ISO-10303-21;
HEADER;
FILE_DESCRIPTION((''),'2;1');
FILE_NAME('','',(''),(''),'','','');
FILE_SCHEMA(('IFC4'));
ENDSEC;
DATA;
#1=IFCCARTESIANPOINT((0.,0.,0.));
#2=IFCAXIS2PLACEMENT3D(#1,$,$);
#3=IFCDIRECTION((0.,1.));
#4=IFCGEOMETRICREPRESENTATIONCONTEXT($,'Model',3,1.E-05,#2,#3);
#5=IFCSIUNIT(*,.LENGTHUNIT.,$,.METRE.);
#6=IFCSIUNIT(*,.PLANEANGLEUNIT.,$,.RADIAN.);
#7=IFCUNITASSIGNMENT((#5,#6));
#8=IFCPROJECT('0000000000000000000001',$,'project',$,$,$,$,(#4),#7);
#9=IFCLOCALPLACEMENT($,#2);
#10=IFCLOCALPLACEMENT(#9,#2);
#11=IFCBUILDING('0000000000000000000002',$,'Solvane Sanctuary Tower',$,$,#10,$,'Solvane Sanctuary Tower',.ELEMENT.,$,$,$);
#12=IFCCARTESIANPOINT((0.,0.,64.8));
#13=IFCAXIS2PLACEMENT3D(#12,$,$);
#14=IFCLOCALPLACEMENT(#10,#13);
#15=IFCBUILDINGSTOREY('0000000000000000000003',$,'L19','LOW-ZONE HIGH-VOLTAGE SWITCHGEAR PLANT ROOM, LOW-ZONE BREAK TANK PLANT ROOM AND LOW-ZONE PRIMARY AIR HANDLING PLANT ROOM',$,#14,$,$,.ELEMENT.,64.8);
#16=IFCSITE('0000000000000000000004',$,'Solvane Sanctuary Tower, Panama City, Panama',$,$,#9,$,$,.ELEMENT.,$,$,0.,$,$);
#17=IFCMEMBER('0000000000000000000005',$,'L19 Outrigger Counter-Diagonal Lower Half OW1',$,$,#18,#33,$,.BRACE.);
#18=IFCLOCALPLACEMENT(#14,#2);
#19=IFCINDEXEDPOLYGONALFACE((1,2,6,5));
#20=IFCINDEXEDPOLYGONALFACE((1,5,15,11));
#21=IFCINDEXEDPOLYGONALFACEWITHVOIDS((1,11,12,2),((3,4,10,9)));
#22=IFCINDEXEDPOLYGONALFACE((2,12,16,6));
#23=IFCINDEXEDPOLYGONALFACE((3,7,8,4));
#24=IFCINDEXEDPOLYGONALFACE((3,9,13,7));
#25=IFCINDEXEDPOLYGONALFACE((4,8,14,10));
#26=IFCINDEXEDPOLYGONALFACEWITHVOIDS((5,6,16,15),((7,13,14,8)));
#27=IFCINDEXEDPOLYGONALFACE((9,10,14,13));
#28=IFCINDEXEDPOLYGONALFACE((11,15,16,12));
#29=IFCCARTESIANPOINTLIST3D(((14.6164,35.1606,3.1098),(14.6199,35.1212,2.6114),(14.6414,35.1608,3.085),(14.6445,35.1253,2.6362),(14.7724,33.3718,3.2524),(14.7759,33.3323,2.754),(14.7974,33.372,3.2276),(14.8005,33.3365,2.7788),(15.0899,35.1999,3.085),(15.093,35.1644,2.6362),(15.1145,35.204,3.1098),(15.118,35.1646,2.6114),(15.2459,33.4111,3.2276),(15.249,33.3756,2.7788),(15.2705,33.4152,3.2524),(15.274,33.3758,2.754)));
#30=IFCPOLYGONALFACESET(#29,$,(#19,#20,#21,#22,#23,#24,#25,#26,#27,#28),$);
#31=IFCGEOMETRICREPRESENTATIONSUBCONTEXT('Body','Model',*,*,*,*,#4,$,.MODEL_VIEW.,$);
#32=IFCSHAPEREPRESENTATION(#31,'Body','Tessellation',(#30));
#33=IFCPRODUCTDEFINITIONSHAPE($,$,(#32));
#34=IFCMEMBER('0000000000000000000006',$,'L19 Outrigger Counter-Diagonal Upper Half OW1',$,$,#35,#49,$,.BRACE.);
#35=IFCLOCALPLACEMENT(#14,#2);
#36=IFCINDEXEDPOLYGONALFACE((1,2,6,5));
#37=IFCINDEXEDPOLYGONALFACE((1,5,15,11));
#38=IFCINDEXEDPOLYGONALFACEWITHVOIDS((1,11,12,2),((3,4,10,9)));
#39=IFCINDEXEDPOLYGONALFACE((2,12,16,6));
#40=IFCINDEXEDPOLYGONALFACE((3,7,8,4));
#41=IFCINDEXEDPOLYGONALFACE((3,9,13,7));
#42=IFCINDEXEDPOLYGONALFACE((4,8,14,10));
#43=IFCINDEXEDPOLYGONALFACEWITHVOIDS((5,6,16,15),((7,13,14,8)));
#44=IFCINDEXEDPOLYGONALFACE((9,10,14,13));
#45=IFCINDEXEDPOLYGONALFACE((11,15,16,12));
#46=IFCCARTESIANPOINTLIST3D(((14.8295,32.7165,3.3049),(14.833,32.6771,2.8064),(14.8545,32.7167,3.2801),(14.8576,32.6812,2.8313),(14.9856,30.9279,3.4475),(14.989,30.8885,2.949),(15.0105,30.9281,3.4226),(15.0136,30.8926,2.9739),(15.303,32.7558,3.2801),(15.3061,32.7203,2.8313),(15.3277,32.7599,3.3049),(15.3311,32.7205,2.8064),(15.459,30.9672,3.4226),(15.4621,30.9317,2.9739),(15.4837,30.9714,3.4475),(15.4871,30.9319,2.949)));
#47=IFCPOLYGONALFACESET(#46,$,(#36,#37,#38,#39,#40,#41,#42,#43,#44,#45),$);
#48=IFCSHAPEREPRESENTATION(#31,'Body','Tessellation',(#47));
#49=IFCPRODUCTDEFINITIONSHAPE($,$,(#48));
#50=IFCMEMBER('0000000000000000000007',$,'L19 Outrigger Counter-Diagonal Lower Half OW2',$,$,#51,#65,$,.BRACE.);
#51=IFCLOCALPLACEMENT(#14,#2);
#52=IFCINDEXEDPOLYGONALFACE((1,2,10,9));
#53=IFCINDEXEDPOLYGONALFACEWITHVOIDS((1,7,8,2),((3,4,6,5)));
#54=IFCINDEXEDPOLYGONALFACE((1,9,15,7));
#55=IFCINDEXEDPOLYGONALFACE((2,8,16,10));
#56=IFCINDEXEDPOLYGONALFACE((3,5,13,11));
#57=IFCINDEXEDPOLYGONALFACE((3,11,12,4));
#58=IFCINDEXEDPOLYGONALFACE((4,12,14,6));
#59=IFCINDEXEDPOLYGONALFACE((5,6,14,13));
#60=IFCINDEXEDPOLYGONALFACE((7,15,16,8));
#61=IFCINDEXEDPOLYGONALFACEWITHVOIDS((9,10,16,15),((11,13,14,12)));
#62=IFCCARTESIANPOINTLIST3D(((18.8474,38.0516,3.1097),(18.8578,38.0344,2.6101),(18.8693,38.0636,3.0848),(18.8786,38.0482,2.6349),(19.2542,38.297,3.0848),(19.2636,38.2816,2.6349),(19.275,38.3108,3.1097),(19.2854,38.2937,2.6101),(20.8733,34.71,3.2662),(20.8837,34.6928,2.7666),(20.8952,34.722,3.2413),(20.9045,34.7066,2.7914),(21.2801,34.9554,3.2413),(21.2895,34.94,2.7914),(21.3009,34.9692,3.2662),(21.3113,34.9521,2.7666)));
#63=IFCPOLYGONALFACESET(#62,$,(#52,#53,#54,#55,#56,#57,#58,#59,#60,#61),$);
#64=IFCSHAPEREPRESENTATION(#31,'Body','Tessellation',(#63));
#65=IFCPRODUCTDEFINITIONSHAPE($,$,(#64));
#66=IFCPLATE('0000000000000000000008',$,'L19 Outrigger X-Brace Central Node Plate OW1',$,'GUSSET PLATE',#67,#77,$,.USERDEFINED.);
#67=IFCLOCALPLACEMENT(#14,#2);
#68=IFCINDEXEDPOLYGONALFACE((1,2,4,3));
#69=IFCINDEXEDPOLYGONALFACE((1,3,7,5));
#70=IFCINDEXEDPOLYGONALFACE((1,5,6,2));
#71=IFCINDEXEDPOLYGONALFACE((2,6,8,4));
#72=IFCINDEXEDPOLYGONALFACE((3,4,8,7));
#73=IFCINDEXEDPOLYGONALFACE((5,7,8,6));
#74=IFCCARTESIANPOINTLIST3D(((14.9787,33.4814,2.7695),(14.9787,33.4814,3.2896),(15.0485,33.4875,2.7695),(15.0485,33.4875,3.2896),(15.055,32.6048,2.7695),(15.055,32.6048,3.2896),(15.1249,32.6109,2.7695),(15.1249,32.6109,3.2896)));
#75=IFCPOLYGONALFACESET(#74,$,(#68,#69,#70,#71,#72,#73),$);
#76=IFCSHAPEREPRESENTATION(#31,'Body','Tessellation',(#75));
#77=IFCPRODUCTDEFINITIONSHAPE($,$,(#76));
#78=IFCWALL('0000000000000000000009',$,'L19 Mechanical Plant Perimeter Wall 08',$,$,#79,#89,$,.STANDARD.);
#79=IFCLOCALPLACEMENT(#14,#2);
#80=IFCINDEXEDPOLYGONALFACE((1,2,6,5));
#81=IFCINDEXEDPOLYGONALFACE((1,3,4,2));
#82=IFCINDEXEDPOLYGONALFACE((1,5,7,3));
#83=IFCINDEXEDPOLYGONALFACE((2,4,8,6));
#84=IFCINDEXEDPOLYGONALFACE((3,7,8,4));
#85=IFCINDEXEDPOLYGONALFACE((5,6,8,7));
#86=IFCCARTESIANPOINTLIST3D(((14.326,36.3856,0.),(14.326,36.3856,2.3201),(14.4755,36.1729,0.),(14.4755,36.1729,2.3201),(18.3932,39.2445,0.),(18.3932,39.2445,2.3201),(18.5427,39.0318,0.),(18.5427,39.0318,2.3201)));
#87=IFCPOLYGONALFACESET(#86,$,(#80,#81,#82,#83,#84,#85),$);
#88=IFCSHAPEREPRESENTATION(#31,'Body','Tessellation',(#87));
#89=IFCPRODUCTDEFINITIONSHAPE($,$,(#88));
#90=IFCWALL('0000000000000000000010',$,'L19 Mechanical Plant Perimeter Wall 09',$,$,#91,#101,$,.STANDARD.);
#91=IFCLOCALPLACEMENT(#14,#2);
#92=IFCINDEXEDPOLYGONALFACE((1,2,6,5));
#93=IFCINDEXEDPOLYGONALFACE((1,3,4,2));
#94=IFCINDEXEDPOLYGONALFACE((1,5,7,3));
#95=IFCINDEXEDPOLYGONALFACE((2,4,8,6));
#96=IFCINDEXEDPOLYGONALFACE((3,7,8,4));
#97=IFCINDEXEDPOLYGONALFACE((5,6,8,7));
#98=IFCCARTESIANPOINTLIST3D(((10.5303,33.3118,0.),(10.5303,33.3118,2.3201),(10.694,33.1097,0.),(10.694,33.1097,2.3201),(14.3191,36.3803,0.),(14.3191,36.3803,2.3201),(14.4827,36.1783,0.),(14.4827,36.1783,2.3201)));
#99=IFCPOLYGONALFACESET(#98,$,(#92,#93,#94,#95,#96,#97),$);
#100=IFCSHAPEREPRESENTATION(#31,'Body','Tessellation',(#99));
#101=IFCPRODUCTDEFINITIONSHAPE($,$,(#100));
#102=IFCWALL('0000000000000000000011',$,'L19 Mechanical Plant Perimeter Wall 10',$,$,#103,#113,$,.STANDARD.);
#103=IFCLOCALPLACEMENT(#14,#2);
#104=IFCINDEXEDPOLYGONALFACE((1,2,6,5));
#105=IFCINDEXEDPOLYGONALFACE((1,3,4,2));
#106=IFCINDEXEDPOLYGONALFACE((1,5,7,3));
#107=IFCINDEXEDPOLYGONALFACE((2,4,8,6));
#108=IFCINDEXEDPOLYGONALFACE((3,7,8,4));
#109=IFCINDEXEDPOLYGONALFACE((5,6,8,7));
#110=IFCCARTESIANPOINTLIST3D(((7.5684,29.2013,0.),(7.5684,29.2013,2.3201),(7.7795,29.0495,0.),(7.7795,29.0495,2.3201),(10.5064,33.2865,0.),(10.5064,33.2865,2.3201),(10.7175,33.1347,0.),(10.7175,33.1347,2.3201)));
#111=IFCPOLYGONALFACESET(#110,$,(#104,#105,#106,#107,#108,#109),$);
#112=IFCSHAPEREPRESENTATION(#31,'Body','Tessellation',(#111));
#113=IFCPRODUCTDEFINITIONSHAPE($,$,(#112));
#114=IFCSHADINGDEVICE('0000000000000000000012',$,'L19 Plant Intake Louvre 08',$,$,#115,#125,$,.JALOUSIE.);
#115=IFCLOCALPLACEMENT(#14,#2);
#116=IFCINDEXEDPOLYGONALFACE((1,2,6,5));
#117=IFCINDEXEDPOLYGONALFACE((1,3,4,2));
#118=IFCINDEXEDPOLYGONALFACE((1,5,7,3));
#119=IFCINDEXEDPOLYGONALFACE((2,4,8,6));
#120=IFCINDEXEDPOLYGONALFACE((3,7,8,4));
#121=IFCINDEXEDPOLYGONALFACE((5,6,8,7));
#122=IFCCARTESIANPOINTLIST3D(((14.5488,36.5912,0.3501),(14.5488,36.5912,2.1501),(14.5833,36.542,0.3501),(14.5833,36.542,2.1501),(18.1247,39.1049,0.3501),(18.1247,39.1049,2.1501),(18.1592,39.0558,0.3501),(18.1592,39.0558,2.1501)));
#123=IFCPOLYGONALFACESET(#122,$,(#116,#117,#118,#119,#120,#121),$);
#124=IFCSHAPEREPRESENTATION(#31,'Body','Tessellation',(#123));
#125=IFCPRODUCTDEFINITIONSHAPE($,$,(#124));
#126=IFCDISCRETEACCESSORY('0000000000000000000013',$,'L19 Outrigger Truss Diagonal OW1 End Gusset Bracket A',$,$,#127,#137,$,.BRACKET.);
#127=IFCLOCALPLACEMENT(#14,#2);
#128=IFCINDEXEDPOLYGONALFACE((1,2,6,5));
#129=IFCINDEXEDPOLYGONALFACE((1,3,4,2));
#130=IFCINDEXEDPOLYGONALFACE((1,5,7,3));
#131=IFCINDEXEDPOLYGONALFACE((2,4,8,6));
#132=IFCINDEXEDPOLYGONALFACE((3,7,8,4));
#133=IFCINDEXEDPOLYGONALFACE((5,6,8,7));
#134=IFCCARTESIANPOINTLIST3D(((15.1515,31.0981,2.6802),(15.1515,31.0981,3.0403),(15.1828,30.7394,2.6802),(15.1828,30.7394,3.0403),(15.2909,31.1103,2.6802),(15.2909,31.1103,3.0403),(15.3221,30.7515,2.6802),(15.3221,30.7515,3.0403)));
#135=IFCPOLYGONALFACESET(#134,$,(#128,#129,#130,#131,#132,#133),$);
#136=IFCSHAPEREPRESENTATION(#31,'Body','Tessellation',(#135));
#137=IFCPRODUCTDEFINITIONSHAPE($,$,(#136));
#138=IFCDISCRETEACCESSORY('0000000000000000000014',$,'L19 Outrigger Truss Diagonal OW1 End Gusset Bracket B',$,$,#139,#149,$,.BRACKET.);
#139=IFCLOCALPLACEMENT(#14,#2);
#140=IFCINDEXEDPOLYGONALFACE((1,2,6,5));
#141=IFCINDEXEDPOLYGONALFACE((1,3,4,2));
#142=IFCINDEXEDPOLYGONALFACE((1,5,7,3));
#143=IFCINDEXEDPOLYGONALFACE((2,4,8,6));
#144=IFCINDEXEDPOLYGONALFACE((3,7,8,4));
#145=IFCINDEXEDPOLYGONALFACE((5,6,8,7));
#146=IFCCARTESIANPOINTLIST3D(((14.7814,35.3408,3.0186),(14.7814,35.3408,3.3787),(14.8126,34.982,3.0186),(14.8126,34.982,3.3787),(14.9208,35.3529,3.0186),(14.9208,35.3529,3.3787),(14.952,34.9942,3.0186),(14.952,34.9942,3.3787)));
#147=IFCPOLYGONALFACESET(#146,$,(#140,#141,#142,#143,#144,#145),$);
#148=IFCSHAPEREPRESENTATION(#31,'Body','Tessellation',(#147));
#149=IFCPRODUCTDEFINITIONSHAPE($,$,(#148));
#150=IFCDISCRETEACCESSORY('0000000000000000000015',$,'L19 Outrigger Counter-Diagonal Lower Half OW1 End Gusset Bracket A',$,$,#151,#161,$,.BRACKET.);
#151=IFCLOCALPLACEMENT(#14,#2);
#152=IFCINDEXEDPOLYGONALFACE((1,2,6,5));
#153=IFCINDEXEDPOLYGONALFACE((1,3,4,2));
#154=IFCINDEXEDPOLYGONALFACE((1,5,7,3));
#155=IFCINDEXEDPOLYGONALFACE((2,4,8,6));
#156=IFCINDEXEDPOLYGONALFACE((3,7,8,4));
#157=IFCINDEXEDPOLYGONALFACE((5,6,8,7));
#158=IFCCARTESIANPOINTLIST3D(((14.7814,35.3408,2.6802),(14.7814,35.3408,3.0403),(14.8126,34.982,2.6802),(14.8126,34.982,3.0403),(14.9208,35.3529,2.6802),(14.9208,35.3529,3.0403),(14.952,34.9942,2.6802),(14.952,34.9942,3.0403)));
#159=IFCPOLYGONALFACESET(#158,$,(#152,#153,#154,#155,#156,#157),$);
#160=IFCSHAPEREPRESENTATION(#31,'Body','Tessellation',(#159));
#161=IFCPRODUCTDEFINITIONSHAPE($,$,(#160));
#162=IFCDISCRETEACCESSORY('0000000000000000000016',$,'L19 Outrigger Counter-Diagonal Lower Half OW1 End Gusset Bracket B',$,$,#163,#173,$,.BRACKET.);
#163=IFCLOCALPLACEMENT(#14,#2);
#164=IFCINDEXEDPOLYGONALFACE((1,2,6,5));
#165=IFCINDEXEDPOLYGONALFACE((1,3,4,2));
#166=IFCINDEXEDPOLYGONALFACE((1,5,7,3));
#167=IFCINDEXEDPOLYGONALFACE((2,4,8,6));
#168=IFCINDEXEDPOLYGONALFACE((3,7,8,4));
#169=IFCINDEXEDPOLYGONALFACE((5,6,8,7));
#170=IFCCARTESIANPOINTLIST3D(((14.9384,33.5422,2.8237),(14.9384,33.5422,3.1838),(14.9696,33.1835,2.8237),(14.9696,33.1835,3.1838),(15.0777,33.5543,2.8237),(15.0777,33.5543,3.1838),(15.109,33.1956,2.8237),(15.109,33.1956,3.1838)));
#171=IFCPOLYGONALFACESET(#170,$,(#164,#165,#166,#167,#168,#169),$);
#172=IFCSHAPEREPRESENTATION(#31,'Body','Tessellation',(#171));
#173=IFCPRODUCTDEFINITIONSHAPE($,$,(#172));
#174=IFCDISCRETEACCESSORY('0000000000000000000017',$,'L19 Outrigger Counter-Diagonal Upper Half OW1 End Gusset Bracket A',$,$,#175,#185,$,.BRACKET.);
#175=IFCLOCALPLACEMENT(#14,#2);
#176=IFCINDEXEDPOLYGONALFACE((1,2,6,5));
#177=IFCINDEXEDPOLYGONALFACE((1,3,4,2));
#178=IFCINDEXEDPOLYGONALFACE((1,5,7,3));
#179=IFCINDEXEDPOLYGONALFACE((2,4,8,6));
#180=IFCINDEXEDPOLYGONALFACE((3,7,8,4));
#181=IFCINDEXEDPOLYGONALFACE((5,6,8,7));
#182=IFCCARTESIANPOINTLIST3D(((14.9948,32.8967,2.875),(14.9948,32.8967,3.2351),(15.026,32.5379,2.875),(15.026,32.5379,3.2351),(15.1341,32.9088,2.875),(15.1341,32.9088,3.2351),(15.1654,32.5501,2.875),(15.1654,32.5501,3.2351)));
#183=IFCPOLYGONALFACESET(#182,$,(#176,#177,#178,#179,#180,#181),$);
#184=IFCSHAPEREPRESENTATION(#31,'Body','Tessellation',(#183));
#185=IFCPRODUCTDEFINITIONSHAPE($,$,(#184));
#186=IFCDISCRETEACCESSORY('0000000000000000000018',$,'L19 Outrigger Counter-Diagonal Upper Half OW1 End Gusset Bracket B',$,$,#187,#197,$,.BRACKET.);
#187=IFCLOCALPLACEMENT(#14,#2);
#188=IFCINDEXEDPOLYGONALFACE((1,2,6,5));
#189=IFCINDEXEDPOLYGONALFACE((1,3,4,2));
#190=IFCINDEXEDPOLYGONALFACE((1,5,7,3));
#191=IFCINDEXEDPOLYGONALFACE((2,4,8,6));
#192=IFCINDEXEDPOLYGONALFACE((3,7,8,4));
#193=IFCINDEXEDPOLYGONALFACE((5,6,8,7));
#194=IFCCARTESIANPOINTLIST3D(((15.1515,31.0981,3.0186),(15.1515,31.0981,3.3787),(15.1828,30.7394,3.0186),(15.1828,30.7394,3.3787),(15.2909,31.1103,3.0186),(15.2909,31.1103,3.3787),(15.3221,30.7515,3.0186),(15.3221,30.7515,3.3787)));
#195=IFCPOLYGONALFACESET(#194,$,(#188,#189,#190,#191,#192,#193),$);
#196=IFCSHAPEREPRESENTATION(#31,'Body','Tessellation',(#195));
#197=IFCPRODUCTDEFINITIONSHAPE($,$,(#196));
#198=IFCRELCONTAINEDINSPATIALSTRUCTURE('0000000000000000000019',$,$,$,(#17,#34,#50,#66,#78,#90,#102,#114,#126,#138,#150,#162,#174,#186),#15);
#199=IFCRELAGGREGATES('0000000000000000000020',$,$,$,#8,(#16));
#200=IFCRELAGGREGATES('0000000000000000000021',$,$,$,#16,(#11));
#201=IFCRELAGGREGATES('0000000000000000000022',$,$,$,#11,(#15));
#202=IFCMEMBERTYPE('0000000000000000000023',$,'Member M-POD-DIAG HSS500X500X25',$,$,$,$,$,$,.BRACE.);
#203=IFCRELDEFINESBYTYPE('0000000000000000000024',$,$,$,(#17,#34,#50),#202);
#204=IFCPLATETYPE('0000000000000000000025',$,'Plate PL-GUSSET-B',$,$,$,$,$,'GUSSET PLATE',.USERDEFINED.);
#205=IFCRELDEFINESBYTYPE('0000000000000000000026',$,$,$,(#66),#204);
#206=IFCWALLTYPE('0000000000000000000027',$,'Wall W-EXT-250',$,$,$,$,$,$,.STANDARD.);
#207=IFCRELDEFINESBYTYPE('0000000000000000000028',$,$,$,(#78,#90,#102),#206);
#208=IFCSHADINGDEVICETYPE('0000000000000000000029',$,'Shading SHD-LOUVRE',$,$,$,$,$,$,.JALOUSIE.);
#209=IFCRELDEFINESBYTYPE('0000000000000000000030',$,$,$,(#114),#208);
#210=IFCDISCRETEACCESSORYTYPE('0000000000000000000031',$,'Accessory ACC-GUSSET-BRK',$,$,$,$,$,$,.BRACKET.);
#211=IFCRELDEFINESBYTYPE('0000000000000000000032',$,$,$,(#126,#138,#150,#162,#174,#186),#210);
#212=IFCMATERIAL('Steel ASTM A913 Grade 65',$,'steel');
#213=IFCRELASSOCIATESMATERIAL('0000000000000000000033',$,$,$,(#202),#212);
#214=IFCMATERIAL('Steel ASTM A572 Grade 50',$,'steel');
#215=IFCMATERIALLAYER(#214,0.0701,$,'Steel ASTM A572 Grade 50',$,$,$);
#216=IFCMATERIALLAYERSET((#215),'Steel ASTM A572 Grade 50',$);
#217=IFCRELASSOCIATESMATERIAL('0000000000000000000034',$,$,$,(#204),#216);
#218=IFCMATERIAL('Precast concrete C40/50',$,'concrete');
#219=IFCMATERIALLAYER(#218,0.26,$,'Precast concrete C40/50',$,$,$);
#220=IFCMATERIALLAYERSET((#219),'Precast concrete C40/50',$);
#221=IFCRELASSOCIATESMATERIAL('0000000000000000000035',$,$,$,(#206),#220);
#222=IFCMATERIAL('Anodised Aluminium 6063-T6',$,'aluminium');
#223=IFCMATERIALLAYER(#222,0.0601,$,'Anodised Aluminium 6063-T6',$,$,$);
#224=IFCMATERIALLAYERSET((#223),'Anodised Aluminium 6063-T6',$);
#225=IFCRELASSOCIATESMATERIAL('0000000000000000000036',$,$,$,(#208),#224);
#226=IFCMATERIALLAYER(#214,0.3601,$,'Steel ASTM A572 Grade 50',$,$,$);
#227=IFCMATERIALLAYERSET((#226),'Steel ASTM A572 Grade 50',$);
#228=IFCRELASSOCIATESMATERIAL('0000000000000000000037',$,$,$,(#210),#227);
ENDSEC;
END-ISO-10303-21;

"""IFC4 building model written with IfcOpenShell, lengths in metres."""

from ifc_helpers import new_model, si_unit, direction, frame, frame_2d, origin, origin_2d, place, context, subcontext, project, spatial, rectangle, hollow_rectangle, extrude, material, layer, layer_set, material_profile, profile_set, type_object, element, save


model = new_model("IFC4")

# Units and contexts
model_context = context("Model", 3, precision=1e-05, world=origin(), true_north=direction((0.0, 1.0)))
body_context = subcontext(model_context, "Body", "Model", "MODEL_VIEW")
ifc_project = project(units=[si_unit("LENGTHUNIT", "METRE"), si_unit("PLANEANGLEUNIT", "RADIAN")], contexts=[model_context])

# Site, building, storey
site_placement = place(None, origin())
site = spatial("IfcSite", under=ifc_project, at=site_placement, Name="Solvane Sanctuary Tower, Panama City, Panama", CompositionType="ELEMENT", RefElevation=0.0)
building_placement = place(site_placement, origin())
building = spatial("IfcBuilding", under=site, at=building_placement, Name="Solvane Sanctuary Tower", LongName="Solvane Sanctuary Tower", CompositionType="ELEMENT")
storey_placement = place(building_placement, frame((0.0, 0.0, 64.8)))
storey = spatial("IfcBuildingStorey", under=building, at=storey_placement, Name="L19", Description="LOW-ZONE HIGH-VOLTAGE SWITCHGEAR PLANT ROOM, LOW-ZONE BREAK TANK PLANT ROOM AND LOW-ZONE PRIMARY AIR HANDLING PLANT ROOM", CompositionType="ELEMENT", Elevation=64.8)

# Shared definitions
ifc_material_1 = material(Name="Steel ASTM A913 Grade 65", Category="steel")

# Members
ifc_material_profile_1 = material_profile(ifc_material_1, hollow_rectangle(XDim=0.5, YDim=0.5, WallThickness=0.0249, at=origin_2d()), Name="HSS500X500X25")
ifc_profile_set_1 = profile_set([ifc_material_profile_1], Name="Steel ASTM A913 Grade 65")
member_type_1 = type_object("IfcMemberType", Name="Member M-POD-DIAG HSS500X500X25", PredefinedType="BRACE", material=ifc_profile_set_1)
member_1_placement = place(storey_placement, frame((14.8672, 35.1626, 2.8606), z_axis=(0.086609, -0.993093, 0.079155), x_axis=(0.996219, 0.086882, 0.0)))
element("IfcMember", 1, at=member_1_placement, inside=storey, type_object=member_type_1, Name="L19 Outrigger Counter-Diagonal Lower Half OW1", PredefinedType="BRACE", context=body_context, shape_type="SweptSolid", body=[
    extrude(hollow_rectangle(XDim=0.5, YDim=0.5, WallThickness=0.0249, at=origin_2d()), origin(), (0.0, 0.0, 1.0), 1.8013),
])
member_2_placement = place(storey_placement, frame((15.0803, 32.7185, 3.0557), z_axis=(0.086621, -0.993091, 0.079165), x_axis=(0.996218, 0.086894, 0.0)))
element("IfcMember", 2, at=member_2_placement, inside=storey, type_object=member_type_1, Name="L19 Outrigger Counter-Diagonal Upper Half OW1", PredefinedType="BRACE", context=body_context, shape_type="SweptSolid", body=[
    extrude(hollow_rectangle(XDim=0.5, YDim=0.5, WallThickness=0.0249, at=origin_2d()), origin(), (0.0, 0.0, 1.0), 1.801),
])
member_3_placement = place(storey_placement, frame((19.0664, 38.1726, 2.8599), z_axis=(0.518017, -0.854434, 0.040016), x_axis=(0.855119, 0.518432, 0.0)))
element("IfcMember", 3, at=member_3_placement, inside=storey, type_object=member_type_1, Name="L19 Outrigger Counter-Diagonal Lower Half OW2", PredefinedType="BRACE", context=body_context, shape_type="SweptSolid", body=[
    extrude(hollow_rectangle(XDim=0.5, YDim=0.5, WallThickness=0.0249, at=origin_2d()), origin(), (0.0, 0.0, 1.0), 3.9109),
])

# Plate
ifc_material_2 = material(Name="Steel ASTM A572 Grade 50", Category="steel")
ifc_layer_1 = layer(ifc_material_2, 0.0701, Name="Steel ASTM A572 Grade 50")
ifc_layer_set_1 = layer_set([ifc_layer_1], Name="Steel ASTM A572 Grade 50")
plate_type = type_object("IfcPlateType", Name="Plate PL-GUSSET-B", ElementType="GUSSET PLATE", PredefinedType="USERDEFINED", material=ifc_layer_set_1)
plate_placement = place(storey_placement, frame((15.0518, 33.0461, 2.7695), z_axis=(0.0, 0.0, 1.0), x_axis=(-0.086808, 0.996225, 0.0)))
element("IfcPlate", 4, at=plate_placement, inside=storey, type_object=plate_type, Name="L19 Outrigger X-Brace Central Node Plate OW1", ObjectType="GUSSET PLATE", PredefinedType="USERDEFINED", context=body_context, shape_type="SweptSolid", body=[
    extrude(rectangle(XDim=0.8799, YDim=0.0701, at=origin_2d()), origin(), (0.0, 0.0, 1.0), 0.52),
])

# Walls
ifc_material_3 = material(Name="Precast concrete C40/50", Category="concrete")
ifc_layer_2 = layer(ifc_material_3, 0.26, Name="Precast concrete C40/50")
ifc_layer_set_2 = layer_set([ifc_layer_2], Name="Precast concrete C40/50")
wall_type = type_object("IfcWallType", Name="Wall W-EXT-250", PredefinedType="STANDARD", material=ifc_layer_set_2)
wall_1_placement = place(storey_placement, frame((18.468, 39.1382, 0.0), z_axis=(0.0, 0.0, 1.0), x_axis=(-0.818107, -0.575066, 0.0)))
element("IfcWall", 5, at=wall_1_placement, inside=storey, type_object=wall_type, Name="L19 Mechanical Plant Perimeter Wall 08", PredefinedType="STANDARD", context=body_context, shape_type="SweptSolid", body=[
    extrude(rectangle(XDim=4.9714, YDim=0.26, at=frame_2d((2.4858, 0.0))), origin(), (0.0, 0.0, 1.0), 2.3201),
])
wall_2_placement = place(storey_placement, frame((14.4009, 36.2793, 0.0), z_axis=(0.0, 0.0, 1.0), x_axis=(-0.777098, -0.62938, 0.0)))
element("IfcWall", 6, at=wall_2_placement, inside=storey, type_object=wall_type, Name="L19 Mechanical Plant Perimeter Wall 09", PredefinedType="STANDARD", context=body_context, shape_type="SweptSolid", body=[
    extrude(rectangle(XDim=4.8755, YDim=0.26, at=frame_2d((2.4377, 0.0))), origin(), (0.0, 0.0, 1.0), 2.3201),
])
wall_3_placement = place(storey_placement, frame((10.6121, 33.2107, 0.0), z_axis=(0.0, 0.0, 1.0), x_axis=(-0.583865, -0.811851, 0.0)))
element("IfcWall", 7, at=wall_3_placement, inside=storey, type_object=wall_type, Name="L19 Mechanical Plant Perimeter Wall 10", PredefinedType="STANDARD", context=body_context, shape_type="SweptSolid", body=[
    extrude(rectangle(XDim=5.032, YDim=0.26, at=frame_2d((2.5161, 0.0))), origin(), (0.0, 0.0, 1.0), 2.3201),
])

# Shading device
ifc_material_4 = material(Name="Anodised Aluminium 6063-T6", Category="aluminium")
ifc_layer_3 = layer(ifc_material_4, 0.0601, Name="Anodised Aluminium 6063-T6")
ifc_layer_set_3 = layer_set([ifc_layer_3], Name="Anodised Aluminium 6063-T6")
shading_device_type = type_object("IfcShadingDeviceType", Name="Shading SHD-LOUVRE", PredefinedType="JALOUSIE", material=ifc_layer_set_3)
shading_device_placement = place(storey_placement, frame((16.354, 37.8235, 0.3501), z_axis=(0.0, 0.0, 1.0), x_axis=(-0.818089, -0.575091, 0.0)))
element("IfcShadingDevice", 8, at=shading_device_placement, inside=storey, type_object=shading_device_type, Name="L19 Plant Intake Louvre 08", PredefinedType="JALOUSIE", context=body_context, shape_type="SweptSolid", body=[
    extrude(rectangle(XDim=4.3711, YDim=0.0601, at=origin_2d()), origin(), (0.0, 0.0, 1.0), 1.8),
])

# Discrete accessories
ifc_layer_4 = layer(ifc_material_2, 0.3601, Name="Steel ASTM A572 Grade 50")
ifc_layer_set_4 = layer_set([ifc_layer_4], Name="Steel ASTM A572 Grade 50")
discrete_accessory_type = type_object("IfcDiscreteAccessoryType", Name="Accessory ACC-GUSSET-BRK", PredefinedType="BRACKET", material=ifc_layer_set_4)
for number, where, z_axis, x_axis, name in (
    (9, (15.2368, 30.9248, 2.6802), (0.0, 0.0, 1.0), (-0.086808, 0.996225, 0.0), "L19 Outrigger Truss Diagonal OW1 End Gusset Bracket A"),
    (10, (14.8667, 35.1675, 3.0186), (0.0, 0.0, 1.0), (-0.086808, 0.996225, 0.0), "L19 Outrigger Truss Diagonal OW1 End Gusset Bracket B"),
    (11, (14.8667, 35.1675, 2.6802), (0.0, 0.0, 1.0), (0.086808, -0.996225, 0.0), "L19 Outrigger Counter-Diagonal Lower Half OW1 End Gusset Bracket A"),
    (12, (15.0237, 33.3689, 2.8237), (0.0, 0.0, 1.0), (0.086808, -0.996225, 0.0), "L19 Outrigger Counter-Diagonal Lower Half OW1 End Gusset Bracket B"),
    (13, (15.0801, 32.7234, 2.875), (0.0, 0.0, 1.0), (0.086808, -0.996225, 0.0), "L19 Outrigger Counter-Diagonal Upper Half OW1 End Gusset Bracket A"),
    (14, (15.2368, 30.9248, 3.0186), (0.0, 0.0, 1.0), (0.086808, -0.996225, 0.0), "L19 Outrigger Counter-Diagonal Upper Half OW1 End Gusset Bracket B"),
):
    element("IfcDiscreteAccessory", number, at=place(storey_placement, frame(where, z_axis=z_axis, x_axis=x_axis)), inside=storey, type_object=discrete_accessory_type, Name=name, PredefinedType="BRACKET", context=body_context, shape_type="SweptSolid", body=[
        extrude(rectangle(XDim=0.3601, YDim=0.1399, at=origin_2d()), origin(), (0.0, 0.0, 1.0), 0.3601),
    ])

save(model, "model.ifc")
